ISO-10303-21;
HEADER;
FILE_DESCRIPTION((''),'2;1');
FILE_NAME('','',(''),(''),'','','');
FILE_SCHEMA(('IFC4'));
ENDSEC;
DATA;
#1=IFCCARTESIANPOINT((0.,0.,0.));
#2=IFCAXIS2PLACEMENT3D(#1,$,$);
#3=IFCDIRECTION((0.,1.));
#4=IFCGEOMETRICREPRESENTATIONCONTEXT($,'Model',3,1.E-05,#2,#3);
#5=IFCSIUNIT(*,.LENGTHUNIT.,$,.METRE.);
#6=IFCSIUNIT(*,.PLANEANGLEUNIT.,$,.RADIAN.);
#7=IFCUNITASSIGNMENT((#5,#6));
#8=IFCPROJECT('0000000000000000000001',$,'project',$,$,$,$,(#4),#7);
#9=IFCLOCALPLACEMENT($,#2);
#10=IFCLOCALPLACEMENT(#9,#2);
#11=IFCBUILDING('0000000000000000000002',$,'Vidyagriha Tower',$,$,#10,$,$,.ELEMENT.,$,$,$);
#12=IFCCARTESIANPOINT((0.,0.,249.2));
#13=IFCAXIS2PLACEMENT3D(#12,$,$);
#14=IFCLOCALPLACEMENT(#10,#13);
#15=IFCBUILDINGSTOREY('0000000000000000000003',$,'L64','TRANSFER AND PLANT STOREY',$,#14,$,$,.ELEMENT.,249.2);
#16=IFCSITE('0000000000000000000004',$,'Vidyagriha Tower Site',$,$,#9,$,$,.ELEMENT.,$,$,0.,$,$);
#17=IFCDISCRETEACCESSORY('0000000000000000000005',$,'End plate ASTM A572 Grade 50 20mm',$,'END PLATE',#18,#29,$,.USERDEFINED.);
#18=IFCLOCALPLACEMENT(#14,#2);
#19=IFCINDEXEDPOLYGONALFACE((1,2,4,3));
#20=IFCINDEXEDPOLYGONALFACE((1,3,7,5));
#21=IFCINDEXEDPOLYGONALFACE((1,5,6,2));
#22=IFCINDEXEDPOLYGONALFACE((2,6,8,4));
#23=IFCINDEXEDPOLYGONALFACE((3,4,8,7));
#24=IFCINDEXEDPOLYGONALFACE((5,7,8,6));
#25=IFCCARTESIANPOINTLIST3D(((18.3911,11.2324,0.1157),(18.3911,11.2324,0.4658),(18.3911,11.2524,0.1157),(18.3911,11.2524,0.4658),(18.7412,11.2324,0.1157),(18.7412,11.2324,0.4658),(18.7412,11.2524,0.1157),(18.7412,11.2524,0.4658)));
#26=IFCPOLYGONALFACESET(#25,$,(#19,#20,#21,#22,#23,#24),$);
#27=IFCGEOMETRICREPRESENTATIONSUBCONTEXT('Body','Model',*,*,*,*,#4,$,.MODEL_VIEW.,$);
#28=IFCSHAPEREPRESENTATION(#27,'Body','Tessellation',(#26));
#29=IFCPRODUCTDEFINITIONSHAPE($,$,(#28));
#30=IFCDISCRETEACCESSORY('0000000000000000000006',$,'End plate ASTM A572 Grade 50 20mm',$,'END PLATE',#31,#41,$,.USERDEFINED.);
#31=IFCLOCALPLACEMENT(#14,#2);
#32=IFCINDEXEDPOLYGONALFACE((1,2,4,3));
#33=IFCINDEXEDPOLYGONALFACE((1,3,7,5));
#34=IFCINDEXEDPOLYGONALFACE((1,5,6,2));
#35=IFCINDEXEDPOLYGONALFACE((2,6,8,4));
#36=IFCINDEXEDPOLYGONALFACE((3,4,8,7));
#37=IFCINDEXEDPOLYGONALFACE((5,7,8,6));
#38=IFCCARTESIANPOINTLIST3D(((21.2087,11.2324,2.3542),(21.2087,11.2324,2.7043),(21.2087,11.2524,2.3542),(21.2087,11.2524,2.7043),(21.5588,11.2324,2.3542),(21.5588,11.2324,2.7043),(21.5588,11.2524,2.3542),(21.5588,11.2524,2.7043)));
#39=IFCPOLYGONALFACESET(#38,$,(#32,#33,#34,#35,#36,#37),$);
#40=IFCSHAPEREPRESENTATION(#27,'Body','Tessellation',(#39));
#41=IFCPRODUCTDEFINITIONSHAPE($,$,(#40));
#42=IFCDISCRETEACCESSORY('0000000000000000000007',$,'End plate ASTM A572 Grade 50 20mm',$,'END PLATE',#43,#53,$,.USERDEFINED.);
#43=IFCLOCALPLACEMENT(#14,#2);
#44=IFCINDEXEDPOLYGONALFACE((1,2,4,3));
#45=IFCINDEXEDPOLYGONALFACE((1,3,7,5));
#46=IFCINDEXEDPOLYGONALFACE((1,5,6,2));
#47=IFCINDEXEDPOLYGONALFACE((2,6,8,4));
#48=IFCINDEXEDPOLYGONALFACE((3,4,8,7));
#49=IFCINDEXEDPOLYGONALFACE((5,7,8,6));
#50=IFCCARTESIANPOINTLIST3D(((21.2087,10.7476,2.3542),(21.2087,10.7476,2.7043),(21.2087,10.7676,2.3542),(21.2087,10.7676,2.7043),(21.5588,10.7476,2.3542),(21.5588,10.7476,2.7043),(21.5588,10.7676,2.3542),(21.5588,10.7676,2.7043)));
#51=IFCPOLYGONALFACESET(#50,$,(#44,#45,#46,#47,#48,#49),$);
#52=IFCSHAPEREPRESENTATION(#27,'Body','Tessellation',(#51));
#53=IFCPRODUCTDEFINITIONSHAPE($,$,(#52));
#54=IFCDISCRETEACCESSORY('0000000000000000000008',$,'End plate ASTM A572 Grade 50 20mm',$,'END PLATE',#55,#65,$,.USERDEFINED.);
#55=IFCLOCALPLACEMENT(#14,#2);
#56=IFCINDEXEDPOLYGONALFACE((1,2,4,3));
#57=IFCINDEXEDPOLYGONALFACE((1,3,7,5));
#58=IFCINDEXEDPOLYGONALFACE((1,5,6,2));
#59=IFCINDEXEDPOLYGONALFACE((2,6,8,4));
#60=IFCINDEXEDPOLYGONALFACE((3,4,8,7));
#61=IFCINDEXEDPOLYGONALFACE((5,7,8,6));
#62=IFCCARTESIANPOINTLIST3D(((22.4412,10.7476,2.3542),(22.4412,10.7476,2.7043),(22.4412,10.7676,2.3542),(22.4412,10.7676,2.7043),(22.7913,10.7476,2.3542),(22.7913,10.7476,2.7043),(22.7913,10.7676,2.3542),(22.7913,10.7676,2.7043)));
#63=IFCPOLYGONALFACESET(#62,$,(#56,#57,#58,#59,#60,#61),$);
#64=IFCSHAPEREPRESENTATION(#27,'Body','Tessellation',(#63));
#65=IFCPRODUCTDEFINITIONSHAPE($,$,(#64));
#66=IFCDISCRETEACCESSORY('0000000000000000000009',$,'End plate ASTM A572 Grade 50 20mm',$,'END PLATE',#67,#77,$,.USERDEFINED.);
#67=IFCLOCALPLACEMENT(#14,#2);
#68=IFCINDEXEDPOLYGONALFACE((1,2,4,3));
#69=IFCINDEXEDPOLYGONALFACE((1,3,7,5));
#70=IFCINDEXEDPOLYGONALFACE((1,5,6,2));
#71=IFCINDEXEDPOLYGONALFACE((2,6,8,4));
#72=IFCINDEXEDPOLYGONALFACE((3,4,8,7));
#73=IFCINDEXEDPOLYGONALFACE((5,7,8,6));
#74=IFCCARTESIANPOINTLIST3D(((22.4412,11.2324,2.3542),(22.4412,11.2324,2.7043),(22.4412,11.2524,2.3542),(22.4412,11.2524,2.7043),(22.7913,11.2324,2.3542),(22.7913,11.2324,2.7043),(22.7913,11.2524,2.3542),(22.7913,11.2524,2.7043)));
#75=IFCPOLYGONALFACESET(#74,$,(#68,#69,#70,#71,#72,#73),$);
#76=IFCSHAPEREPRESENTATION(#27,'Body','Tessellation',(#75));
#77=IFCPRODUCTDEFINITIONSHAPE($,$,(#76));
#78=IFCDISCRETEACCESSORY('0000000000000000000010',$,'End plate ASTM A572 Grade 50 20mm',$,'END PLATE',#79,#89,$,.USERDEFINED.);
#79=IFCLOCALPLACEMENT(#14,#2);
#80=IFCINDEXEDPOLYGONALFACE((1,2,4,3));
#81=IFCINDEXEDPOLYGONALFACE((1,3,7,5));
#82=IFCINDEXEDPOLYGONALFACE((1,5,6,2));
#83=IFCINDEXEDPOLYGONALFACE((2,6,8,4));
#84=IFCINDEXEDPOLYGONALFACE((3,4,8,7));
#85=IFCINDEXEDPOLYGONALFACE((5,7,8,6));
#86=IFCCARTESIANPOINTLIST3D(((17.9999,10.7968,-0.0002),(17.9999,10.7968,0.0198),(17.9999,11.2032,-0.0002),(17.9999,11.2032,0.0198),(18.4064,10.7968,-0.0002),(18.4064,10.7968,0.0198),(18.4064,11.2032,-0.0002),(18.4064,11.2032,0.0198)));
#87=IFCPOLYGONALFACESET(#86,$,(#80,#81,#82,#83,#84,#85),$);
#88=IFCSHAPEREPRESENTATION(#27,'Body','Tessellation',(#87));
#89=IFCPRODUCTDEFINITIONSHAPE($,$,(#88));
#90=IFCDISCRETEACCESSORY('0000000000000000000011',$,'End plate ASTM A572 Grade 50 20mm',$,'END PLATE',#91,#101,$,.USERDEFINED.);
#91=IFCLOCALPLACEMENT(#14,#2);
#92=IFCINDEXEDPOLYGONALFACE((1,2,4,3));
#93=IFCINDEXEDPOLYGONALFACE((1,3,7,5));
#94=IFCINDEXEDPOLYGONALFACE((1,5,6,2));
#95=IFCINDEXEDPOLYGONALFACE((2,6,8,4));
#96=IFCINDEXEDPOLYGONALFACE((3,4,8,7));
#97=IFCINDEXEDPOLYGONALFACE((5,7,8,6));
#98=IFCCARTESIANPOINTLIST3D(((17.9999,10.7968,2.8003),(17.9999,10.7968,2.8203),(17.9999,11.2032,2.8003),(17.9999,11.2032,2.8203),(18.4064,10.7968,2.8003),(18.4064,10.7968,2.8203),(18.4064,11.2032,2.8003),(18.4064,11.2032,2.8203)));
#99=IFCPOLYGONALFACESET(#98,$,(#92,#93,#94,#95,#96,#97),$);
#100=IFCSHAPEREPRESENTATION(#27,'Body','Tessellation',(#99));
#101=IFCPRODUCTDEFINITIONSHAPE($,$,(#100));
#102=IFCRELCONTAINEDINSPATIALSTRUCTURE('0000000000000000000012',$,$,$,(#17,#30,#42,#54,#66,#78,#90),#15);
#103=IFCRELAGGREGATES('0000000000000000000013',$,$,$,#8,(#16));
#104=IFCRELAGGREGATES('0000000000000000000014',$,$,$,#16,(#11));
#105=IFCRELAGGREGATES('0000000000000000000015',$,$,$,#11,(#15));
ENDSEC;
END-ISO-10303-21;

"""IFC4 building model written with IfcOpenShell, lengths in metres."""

from ifc_helpers import new_model, si_unit, direction, frame, origin, origin_2d, place, context, subcontext, project, spatial, rectangle, extrude, element, save


model = new_model("IFC4")

# Units and contexts
model_context = context("Model", 3, precision=1e-05, world=origin(), true_north=direction((0.0, 1.0)))
body_context = subcontext(model_context, "Body", "Model", "MODEL_VIEW")
ifc_project = project(units=[si_unit("LENGTHUNIT", "METRE"), si_unit("PLANEANGLEUNIT", "RADIAN")], contexts=[model_context])

# Site, building, storey
site_placement = place(None, origin())
site = spatial("IfcSite", under=ifc_project, at=site_placement, Name="Vidyagriha Tower Site", CompositionType="ELEMENT", RefElevation=0.0)
building_placement = place(site_placement, origin())
building = spatial("IfcBuilding", under=site, at=building_placement, Name="Vidyagriha Tower", CompositionType="ELEMENT")
storey_placement = place(building_placement, frame((0.0, 0.0, 249.2)))
storey = spatial("IfcBuildingStorey", under=building, at=storey_placement, Name="L64", Description="TRANSFER AND PLANT STOREY", CompositionType="ELEMENT", Elevation=249.2)

# Discrete accessories
for number, where, z_axis, x_axis, name in (
    (1, (18.5662, 11.2424, 0.1157), (0.0, 0.0, 1.0), (-1.0, 0.0, 0.0), "End plate ASTM A572 Grade 50 20mm"),
):
    element("IfcDiscreteAccessory", number, at=place(storey_placement, frame(where, z_axis=z_axis, x_axis=x_axis)), inside=storey, Name=name, ObjectType="END PLATE", PredefinedType="USERDEFINED", context=body_context, shape_type="SweptSolid", body=[
        extrude(rectangle(XDim=0.3501, YDim=0.02, at=origin_2d()), origin(), (0.0, 0.0, 1.0), 0.3501),
    ])
for number, where, name in (
    (2, (21.3838, 11.2424, 2.3542), "End plate ASTM A572 Grade 50 20mm"),
    (3, (21.3838, 10.7576, 2.3542), "End plate ASTM A572 Grade 50 20mm"),
):
    element("IfcDiscreteAccessory", number, at=place(storey_placement, frame(where)), inside=storey, Name=name, ObjectType="END PLATE", PredefinedType="USERDEFINED", context=body_context, shape_type="SweptSolid", body=[
        extrude(rectangle(XDim=0.3501, YDim=0.02, at=origin_2d()), origin(), (0.0, 0.0, 1.0), 0.3501),
    ])
for number, where, z_axis, x_axis, name in (
    (4, (22.6162, 10.7576, 2.3542), (0.0, 0.0, 1.0), (-1.0, 0.0, 0.0), "End plate ASTM A572 Grade 50 20mm"),
    (5, (22.6162, 11.2424, 2.3542), (0.0, 0.0, 1.0), (-1.0, 0.0, 0.0), "End plate ASTM A572 Grade 50 20mm"),
):
    element("IfcDiscreteAccessory", number, at=place(storey_placement, frame(where, z_axis=z_axis, x_axis=x_axis)), inside=storey, Name=name, ObjectType="END PLATE", PredefinedType="USERDEFINED", context=body_context, shape_type="SweptSolid", body=[
        extrude(rectangle(XDim=0.3501, YDim=0.02, at=origin_2d()), origin(), (0.0, 0.0, 1.0), 0.3501),
    ])
for number, where, name in (
    (6, (18.2031, 11.0, -0.0002), "End plate ASTM A572 Grade 50 20mm"),
    (7, (18.2031, 11.0, 2.8003), "End plate ASTM A572 Grade 50 20mm"),
):
    element("IfcDiscreteAccessory", number, at=place(storey_placement, frame(where)), inside=storey, Name=name, ObjectType="END PLATE", PredefinedType="USERDEFINED", context=body_context, shape_type="SweptSolid", body=[
        extrude(rectangle(XDim=0.4065, YDim=0.4065, at=origin_2d()), origin(), (0.0, 0.0, 1.0), 0.02),
    ])

save(model, "model.ifc")
